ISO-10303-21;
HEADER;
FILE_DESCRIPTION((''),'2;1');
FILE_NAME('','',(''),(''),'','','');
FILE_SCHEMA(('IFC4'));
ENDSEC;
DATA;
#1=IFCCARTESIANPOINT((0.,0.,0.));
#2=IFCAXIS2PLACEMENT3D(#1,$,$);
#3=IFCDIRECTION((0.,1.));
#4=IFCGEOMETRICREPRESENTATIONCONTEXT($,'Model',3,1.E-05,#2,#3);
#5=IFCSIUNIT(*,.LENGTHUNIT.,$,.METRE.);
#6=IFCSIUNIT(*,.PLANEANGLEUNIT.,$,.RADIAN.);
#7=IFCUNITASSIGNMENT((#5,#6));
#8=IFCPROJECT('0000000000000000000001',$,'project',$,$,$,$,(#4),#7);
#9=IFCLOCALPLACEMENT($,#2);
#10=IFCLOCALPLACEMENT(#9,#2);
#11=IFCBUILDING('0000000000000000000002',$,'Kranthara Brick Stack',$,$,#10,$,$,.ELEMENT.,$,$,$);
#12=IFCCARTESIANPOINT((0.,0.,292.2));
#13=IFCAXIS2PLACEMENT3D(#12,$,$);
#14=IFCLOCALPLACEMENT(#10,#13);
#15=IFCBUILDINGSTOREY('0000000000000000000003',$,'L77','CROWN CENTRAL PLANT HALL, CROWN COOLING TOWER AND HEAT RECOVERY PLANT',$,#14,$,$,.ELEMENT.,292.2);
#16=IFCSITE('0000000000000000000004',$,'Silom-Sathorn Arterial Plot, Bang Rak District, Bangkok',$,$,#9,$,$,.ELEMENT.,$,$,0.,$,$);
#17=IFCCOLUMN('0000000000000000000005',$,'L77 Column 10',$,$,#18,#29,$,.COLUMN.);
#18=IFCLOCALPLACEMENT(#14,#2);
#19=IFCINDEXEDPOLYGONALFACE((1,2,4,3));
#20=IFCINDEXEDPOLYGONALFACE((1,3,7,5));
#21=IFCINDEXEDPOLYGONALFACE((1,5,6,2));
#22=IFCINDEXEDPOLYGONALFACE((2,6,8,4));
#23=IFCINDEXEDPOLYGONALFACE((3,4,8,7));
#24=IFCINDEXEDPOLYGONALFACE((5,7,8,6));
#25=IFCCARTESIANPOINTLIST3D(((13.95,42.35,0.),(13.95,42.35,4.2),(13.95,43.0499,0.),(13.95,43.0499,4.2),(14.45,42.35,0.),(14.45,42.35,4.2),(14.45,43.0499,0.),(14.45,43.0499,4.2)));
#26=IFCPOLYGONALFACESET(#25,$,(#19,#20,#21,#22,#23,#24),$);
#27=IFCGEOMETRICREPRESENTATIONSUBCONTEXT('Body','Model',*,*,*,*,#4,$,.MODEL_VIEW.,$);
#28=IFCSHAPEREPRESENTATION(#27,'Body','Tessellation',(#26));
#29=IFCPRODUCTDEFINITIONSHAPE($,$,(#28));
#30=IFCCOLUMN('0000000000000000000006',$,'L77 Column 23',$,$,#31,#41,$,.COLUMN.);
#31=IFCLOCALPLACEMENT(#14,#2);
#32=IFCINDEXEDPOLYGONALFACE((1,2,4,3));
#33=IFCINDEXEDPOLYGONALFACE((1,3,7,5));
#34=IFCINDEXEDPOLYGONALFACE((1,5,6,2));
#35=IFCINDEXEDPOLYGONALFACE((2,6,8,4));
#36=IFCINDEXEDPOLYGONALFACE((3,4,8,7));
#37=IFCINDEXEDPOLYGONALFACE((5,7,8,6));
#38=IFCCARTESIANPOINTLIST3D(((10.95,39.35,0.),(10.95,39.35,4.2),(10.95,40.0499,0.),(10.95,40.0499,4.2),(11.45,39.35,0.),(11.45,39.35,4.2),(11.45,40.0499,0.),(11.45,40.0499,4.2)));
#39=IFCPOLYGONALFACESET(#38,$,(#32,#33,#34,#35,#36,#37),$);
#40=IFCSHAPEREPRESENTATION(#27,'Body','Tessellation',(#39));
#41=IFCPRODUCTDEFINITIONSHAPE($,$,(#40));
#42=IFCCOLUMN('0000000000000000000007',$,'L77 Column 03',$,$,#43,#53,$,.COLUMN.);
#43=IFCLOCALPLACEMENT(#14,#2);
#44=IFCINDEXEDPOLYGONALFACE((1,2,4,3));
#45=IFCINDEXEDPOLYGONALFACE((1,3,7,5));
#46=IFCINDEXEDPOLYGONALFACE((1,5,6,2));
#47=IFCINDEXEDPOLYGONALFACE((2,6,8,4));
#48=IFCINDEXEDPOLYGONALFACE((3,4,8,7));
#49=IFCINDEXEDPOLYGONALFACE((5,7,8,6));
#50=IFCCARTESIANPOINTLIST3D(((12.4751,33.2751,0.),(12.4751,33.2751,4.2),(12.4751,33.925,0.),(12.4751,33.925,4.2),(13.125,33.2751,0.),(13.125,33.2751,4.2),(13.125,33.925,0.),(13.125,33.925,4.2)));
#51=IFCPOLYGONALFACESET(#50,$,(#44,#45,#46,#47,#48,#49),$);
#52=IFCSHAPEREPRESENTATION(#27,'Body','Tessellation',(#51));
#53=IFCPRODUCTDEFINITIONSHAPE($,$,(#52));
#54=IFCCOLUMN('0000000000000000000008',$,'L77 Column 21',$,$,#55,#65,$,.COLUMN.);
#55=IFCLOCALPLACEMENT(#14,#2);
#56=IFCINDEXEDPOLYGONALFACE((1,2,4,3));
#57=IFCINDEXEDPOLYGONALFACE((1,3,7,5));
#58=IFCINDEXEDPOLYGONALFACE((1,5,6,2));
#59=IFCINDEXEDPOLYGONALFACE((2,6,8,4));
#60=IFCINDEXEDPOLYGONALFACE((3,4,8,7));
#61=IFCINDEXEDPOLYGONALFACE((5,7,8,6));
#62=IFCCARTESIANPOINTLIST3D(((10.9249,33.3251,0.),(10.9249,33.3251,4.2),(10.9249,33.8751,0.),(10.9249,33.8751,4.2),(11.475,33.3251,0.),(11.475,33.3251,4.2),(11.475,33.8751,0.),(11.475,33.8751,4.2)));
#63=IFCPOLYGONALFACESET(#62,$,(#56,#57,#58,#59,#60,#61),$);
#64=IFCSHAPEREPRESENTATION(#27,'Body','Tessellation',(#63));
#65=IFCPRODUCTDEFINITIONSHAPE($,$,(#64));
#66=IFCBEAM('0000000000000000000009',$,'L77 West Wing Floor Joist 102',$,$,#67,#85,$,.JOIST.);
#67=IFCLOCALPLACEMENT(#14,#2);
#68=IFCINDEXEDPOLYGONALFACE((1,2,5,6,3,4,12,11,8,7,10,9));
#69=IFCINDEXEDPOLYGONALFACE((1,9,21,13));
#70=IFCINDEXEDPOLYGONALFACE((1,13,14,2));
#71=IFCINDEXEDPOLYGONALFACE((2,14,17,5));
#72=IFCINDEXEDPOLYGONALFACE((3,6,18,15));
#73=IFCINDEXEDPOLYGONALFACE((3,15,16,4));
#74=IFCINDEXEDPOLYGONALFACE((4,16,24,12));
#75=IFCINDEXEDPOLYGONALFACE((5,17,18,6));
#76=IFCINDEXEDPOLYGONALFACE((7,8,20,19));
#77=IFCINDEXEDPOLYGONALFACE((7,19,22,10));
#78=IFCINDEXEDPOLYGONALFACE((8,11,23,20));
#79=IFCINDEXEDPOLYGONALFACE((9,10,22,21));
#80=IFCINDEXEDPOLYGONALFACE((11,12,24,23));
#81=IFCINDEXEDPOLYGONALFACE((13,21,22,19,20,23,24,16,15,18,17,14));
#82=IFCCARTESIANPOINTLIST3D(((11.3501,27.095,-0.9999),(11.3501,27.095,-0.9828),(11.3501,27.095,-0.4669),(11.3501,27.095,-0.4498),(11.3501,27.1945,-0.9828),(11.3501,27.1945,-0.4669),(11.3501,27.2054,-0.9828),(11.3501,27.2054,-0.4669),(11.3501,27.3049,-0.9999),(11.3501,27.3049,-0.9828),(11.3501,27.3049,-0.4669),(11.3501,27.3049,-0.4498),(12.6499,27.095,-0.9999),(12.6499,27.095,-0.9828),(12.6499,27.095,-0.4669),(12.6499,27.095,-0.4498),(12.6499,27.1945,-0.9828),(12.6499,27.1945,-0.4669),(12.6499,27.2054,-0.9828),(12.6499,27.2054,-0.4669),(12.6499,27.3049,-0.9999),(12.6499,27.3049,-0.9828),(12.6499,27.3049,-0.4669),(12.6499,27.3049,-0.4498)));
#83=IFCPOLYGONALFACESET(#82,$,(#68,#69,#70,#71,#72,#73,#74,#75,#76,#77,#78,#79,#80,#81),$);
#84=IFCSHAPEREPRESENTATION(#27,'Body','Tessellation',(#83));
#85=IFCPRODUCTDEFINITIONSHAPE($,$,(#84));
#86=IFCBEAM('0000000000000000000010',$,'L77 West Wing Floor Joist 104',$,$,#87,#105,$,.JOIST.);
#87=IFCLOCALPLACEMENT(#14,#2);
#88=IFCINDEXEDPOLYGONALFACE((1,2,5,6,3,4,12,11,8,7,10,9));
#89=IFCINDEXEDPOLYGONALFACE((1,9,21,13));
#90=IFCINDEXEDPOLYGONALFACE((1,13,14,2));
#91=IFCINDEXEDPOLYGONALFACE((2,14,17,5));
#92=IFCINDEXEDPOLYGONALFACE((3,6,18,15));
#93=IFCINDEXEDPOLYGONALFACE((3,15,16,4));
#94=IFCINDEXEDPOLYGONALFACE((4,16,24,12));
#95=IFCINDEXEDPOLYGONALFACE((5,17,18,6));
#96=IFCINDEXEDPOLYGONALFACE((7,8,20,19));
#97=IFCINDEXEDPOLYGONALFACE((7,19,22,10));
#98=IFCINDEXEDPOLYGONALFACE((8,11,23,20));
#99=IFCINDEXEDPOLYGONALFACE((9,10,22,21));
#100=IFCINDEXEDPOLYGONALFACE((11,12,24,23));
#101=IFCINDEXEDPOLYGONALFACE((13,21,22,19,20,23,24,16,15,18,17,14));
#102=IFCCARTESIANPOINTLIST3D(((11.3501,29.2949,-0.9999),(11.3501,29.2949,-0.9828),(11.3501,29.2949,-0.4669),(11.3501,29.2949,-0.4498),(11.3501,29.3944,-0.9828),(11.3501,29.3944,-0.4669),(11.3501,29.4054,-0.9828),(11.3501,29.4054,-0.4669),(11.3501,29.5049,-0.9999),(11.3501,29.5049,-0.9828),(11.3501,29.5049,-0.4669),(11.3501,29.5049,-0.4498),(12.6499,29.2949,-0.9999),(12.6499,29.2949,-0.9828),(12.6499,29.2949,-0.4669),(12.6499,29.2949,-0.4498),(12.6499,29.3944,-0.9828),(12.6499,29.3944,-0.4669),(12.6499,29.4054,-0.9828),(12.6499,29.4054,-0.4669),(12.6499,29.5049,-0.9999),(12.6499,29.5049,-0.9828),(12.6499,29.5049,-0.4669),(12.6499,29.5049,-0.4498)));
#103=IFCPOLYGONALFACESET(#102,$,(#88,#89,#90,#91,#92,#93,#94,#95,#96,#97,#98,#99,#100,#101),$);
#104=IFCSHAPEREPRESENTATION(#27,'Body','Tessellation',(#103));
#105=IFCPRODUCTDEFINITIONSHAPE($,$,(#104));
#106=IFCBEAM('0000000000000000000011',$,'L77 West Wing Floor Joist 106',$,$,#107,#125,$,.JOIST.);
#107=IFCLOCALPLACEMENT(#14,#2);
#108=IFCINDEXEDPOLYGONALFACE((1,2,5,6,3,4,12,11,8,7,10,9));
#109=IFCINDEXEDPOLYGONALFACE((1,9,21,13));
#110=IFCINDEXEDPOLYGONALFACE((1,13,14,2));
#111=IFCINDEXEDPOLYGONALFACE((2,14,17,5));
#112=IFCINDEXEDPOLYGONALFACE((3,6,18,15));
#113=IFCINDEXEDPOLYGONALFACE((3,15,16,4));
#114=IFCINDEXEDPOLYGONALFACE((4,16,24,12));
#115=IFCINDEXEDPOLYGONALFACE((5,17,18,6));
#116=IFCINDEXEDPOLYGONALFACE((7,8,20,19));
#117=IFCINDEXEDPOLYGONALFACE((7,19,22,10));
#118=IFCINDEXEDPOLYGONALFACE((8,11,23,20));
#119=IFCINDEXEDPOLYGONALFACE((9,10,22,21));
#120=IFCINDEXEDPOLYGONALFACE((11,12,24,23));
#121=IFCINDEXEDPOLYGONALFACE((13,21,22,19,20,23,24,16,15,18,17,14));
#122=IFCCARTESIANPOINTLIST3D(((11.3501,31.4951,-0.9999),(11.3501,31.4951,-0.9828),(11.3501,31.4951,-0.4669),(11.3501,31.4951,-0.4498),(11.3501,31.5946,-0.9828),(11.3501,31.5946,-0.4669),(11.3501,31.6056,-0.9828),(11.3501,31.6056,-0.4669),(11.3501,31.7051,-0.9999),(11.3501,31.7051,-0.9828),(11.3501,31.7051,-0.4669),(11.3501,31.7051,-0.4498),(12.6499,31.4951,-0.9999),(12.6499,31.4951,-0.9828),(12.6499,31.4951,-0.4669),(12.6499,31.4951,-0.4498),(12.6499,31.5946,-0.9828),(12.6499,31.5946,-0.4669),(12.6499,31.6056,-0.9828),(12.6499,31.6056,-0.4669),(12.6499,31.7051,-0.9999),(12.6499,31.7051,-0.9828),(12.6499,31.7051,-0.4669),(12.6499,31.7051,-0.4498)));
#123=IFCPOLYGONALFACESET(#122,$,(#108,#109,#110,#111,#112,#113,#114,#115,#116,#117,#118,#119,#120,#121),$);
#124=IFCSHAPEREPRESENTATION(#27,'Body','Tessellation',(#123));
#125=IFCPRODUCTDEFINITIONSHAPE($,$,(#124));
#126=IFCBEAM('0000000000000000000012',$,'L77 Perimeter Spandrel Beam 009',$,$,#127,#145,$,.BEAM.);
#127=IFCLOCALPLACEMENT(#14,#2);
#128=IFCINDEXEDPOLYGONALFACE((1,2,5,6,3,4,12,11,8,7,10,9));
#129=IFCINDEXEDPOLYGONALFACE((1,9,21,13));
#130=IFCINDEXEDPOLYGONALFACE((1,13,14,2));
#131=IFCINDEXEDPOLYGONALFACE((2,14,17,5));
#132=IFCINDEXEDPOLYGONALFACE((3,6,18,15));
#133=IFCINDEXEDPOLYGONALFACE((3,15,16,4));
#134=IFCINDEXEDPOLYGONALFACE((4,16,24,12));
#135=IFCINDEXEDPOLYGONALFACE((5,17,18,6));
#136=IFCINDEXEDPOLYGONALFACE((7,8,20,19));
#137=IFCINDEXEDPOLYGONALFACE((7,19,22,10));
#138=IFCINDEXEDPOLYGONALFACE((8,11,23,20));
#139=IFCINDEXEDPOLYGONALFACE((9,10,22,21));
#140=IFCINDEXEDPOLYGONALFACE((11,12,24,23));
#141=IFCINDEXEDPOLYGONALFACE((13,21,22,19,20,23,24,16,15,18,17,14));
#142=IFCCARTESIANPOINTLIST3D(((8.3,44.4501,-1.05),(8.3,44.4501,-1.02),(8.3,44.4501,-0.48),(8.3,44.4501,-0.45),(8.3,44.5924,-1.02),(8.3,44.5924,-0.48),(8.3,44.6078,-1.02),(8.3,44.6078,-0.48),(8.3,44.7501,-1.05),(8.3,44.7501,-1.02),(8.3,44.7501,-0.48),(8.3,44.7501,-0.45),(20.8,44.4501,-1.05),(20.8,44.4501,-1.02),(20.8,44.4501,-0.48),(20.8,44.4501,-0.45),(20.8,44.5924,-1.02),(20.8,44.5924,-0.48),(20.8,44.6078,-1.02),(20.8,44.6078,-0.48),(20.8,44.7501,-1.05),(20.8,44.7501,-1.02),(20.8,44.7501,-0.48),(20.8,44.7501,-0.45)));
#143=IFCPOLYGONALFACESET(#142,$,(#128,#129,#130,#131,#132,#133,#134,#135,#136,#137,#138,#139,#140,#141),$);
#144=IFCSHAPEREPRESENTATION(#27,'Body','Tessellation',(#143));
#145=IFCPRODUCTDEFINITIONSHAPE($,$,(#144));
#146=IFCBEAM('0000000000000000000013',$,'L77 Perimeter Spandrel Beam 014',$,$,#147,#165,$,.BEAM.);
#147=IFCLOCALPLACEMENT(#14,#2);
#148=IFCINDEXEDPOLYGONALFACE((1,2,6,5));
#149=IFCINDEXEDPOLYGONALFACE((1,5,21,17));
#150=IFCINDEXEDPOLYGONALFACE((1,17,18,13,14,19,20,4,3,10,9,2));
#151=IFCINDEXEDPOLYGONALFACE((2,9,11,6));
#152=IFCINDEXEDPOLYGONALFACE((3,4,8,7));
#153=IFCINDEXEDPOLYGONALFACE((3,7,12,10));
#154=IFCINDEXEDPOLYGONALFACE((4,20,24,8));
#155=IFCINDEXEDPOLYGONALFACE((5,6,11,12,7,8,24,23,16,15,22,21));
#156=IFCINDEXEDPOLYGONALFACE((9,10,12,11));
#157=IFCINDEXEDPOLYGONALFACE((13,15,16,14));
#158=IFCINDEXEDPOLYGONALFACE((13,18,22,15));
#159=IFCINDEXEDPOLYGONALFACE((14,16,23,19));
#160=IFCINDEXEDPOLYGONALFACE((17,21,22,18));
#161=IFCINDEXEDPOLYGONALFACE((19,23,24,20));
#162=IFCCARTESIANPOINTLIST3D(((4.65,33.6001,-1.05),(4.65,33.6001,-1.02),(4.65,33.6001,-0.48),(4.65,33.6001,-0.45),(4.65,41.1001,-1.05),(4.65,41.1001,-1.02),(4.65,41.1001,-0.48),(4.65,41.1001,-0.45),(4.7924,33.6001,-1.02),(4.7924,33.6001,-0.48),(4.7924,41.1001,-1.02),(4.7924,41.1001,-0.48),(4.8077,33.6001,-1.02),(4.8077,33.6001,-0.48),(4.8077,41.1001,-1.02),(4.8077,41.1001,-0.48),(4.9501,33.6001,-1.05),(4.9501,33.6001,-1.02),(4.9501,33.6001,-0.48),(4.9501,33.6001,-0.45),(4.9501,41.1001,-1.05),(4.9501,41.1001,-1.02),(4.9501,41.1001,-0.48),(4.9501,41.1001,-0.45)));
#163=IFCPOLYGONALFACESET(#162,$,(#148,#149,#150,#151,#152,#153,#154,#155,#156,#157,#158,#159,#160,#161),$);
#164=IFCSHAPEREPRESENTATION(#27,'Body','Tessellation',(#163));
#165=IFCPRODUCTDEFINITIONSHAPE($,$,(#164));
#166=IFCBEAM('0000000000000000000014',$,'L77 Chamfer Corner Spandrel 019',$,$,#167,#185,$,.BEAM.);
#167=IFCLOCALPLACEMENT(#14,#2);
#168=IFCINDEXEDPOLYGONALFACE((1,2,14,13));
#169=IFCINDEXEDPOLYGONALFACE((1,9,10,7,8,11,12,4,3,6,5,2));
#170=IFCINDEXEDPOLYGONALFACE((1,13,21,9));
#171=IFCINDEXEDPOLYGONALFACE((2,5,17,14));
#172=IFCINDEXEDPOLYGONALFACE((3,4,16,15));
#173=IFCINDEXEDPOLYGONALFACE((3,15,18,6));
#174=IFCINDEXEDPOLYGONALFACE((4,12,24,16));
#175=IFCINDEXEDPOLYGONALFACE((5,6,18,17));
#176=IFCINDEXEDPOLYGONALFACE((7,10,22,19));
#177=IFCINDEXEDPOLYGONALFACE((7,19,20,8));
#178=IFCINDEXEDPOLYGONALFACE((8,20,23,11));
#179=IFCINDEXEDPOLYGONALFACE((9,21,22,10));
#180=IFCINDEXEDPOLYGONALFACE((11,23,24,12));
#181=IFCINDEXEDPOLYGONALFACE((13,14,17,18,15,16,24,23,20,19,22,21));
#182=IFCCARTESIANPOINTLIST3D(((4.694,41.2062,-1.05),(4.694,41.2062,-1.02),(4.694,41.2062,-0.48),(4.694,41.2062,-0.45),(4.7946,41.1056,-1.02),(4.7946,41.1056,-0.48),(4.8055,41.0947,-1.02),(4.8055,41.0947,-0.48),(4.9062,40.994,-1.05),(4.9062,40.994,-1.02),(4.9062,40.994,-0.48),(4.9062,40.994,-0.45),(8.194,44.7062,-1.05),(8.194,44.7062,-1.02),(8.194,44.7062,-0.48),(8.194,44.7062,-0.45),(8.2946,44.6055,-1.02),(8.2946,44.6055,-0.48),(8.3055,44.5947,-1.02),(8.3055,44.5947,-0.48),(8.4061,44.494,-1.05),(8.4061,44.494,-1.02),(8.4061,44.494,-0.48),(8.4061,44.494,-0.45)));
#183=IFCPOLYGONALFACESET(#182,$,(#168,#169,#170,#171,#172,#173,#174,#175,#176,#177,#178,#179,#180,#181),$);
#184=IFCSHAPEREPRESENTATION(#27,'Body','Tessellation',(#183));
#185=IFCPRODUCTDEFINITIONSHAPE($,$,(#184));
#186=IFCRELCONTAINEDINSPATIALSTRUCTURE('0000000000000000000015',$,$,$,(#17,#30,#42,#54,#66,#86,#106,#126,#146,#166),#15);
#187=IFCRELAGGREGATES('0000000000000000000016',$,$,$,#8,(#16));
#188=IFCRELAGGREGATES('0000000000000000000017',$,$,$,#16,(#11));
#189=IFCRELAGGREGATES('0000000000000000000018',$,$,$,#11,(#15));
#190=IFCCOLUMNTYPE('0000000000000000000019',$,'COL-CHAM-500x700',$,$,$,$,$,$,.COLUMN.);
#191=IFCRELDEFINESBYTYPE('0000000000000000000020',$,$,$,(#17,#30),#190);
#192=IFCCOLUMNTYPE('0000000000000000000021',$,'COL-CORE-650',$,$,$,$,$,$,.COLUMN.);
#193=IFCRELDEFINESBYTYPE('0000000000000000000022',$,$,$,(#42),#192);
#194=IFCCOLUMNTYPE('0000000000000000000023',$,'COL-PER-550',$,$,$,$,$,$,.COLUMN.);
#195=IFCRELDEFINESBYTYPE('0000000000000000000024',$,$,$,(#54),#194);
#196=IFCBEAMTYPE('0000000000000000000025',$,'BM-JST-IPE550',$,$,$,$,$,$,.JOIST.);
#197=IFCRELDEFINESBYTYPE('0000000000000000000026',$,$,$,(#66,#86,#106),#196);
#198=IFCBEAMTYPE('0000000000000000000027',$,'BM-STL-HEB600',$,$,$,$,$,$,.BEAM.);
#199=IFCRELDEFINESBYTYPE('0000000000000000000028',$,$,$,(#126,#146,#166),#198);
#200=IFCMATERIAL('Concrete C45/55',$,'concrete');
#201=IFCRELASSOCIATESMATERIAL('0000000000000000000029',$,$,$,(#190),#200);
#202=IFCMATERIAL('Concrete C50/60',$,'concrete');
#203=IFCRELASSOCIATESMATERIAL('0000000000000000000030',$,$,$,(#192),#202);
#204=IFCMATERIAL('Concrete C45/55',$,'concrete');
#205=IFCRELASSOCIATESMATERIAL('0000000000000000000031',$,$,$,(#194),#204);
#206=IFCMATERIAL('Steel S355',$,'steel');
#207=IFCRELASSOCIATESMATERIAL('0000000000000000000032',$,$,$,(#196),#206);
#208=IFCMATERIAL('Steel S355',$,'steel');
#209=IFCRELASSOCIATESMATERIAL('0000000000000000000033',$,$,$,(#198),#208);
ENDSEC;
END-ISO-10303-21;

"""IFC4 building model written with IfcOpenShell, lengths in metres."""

from ifc_helpers import new_model, si_unit, direction, frame, origin, origin_2d, place, context, subcontext, project, spatial, rectangle, i_section, extrude, material, material_profile, profile_set, type_object, element, save


model = new_model("IFC4")

# Units and contexts
model_context = context("Model", 3, precision=1e-05, world=origin(), true_north=direction((0.0, 1.0)))
body_context = subcontext(model_context, "Body", "Model", "MODEL_VIEW")
ifc_project = project(units=[si_unit("LENGTHUNIT", "METRE"), si_unit("PLANEANGLEUNIT", "RADIAN")], contexts=[model_context])

# Site, building, storey
site_placement = place(None, origin())
site = spatial("IfcSite", under=ifc_project, at=site_placement, Name="Silom-Sathorn Arterial Plot, Bang Rak District, Bangkok", CompositionType="ELEMENT", RefElevation=0.0)
building_placement = place(site_placement, origin())
building = spatial("IfcBuilding", under=site, at=building_placement, Name="Kranthara Brick Stack", CompositionType="ELEMENT")
storey_placement = place(building_placement, frame((0.0, 0.0, 292.2)))
storey = spatial("IfcBuildingStorey", under=building, at=storey_placement, Name="L77", Description="CROWN CENTRAL PLANT HALL, CROWN COOLING TOWER AND HEAT RECOVERY PLANT", CompositionType="ELEMENT", Elevation=292.2)

# Columns
ifc_material_1 = material(Name="Concrete C45/55", Category="concrete")
ifc_material_profile_1 = material_profile(ifc_material_1, rectangle(XDim=0.5, YDim=0.7, at=origin_2d()), Name="RC 500x700")
ifc_profile_set_1 = profile_set([ifc_material_profile_1], Name="Concrete C45/55")
column_type_1 = type_object("IfcColumnType", Name="COL-CHAM-500x700", PredefinedType="COLUMN", material=ifc_profile_set_1)
for number, where, z_axis, x_axis, name in (
    (1, (14.2, 42.7, 0.0), (0.0, 0.0, 1.0), (1.0, 0.0, 0.0), "L77 Column 10"),
    (2, (11.2, 39.7, 0.0), (0.0, 0.0, 1.0), (1.0, 0.0, 0.0), "L77 Column 23"),
):
    element("IfcColumn", number, at=place(storey_placement, frame(where, z_axis=z_axis, x_axis=x_axis)), inside=storey, type_object=column_type_1, Name=name, PredefinedType="COLUMN", context=body_context, shape_type="SweptSolid", body=[
        extrude(rectangle(XDim=0.5, YDim=0.7, at=origin_2d()), origin(), (0.0, 0.0, 1.0), 4.2),
    ])
ifc_material_2 = material(Name="Concrete C50/60", Category="concrete")
ifc_material_profile_2 = material_profile(ifc_material_2, rectangle(XDim=0.6499, YDim=0.6499, at=origin_2d()), Name="RC 650x650")
ifc_profile_set_2 = profile_set([ifc_material_profile_2], Name="Concrete C50/60")
column_type_2 = type_object("IfcColumnType", Name="COL-CORE-650", PredefinedType="COLUMN", material=ifc_profile_set_2)
column_1_placement = place(storey_placement, frame((12.8, 33.6001, 0.0), z_axis=(0.0, 0.0, 1.0), x_axis=(1.0, 0.0, 0.0)))
element("IfcColumn", 3, at=column_1_placement, inside=storey, type_object=column_type_2, Name="L77 Column 03", PredefinedType="COLUMN", context=body_context, shape_type="SweptSolid", body=[
    extrude(rectangle(XDim=0.6499, YDim=0.6499, at=origin_2d()), origin(), (0.0, 0.0, 1.0), 4.2),
])
ifc_material_3 = material(Name="Concrete C45/55", Category="concrete")
ifc_material_profile_3 = material_profile(ifc_material_3, rectangle(XDim=0.55, YDim=0.55, at=origin_2d()), Name="RC 550x550")
ifc_profile_set_3 = profile_set([ifc_material_profile_3], Name="Concrete C45/55")
column_type_3 = type_object("IfcColumnType", Name="COL-PER-550", PredefinedType="COLUMN", material=ifc_profile_set_3)
column_2_placement = place(storey_placement, frame((11.2, 33.6001, 0.0), z_axis=(0.0, 0.0, 1.0), x_axis=(1.0, 0.0, 0.0)))
element("IfcColumn", 4, at=column_2_placement, inside=storey, type_object=column_type_3, Name="L77 Column 21", PredefinedType="COLUMN", context=body_context, shape_type="SweptSolid", body=[
    extrude(rectangle(XDim=0.55, YDim=0.55, at=origin_2d()), origin(), (0.0, 0.0, 1.0), 4.2),
])

# Beams
ifc_material_4 = material(Name="Steel S355", Category="steel")
ifc_material_profile_4 = material_profile(ifc_material_4, i_section(OverallWidth=0.21, OverallDepth=0.55, WebThickness=0.011, FlangeThickness=0.0171, at=origin_2d()), Name="IPE 550")
ifc_profile_set_4 = profile_set([ifc_material_profile_4], Name="Steel S355")
beam_type_1 = type_object("IfcBeamType", Name="BM-JST-IPE550", PredefinedType="JOIST", material=ifc_profile_set_4)
for number, where, z_axis, x_axis, name in (
    (5, (11.3501, 27.2, -0.7249), (1.0, 0.0, 0.0), (0.0, 1.0, 0.0), "L77 West Wing Floor Joist 102"),
    (6, (11.3501, 29.3999, -0.7249), (1.0, 0.0, 0.0), (0.0, 1.0, 0.0), "L77 West Wing Floor Joist 104"),
    (7, (11.3501, 31.6001, -0.7249), (1.0, 0.0, 0.0), (0.0, 1.0, 0.0), "L77 West Wing Floor Joist 106"),
):
    element("IfcBeam", number, at=place(storey_placement, frame(where, z_axis=z_axis, x_axis=x_axis)), inside=storey, type_object=beam_type_1, Name=name, PredefinedType="JOIST", context=body_context, shape_type="SweptSolid", body=[
        extrude(i_section(OverallWidth=0.21, OverallDepth=0.55, WebThickness=0.011, FlangeThickness=0.0171, at=origin_2d()), origin(), (0.0, 0.0, 1.0), 1.2998),
    ])
ifc_material_5 = material(Name="Steel S355", Category="steel")
ifc_material_profile_5 = material_profile(ifc_material_5, i_section(OverallWidth=0.3, OverallDepth=0.6001, WebThickness=0.0154, FlangeThickness=0.03, at=origin_2d()), Name="HEB 600")
ifc_profile_set_5 = profile_set([ifc_material_profile_5], Name="Steel S355")
beam_type_2 = type_object("IfcBeamType", Name="BM-STL-HEB600", PredefinedType="BEAM", material=ifc_profile_set_5)
beam_1_placement = place(storey_placement, frame((8.3, 44.6001, -0.75), z_axis=(1.0, 0.0, 0.0), x_axis=(0.0, 1.0, 0.0)))
element("IfcBeam", 8, at=beam_1_placement, inside=storey, type_object=beam_type_2, Name="L77 Perimeter Spandrel Beam 009", PredefinedType="BEAM", context=body_context, shape_type="SweptSolid", body=[
    extrude(i_section(OverallWidth=0.3, OverallDepth=0.6001, WebThickness=0.0154, FlangeThickness=0.03, at=origin_2d()), origin(), (0.0, 0.0, 1.0), 12.5),
])
beam_2_placement = place(storey_placement, frame((4.8, 33.6001, -0.75), z_axis=(0.0, 1.0, 0.0), x_axis=(-1.0, 0.0, 0.0)))
element("IfcBeam", 9, at=beam_2_placement, inside=storey, type_object=beam_type_2, Name="L77 Perimeter Spandrel Beam 014", PredefinedType="BEAM", context=body_context, shape_type="SweptSolid", body=[
    extrude(i_section(OverallWidth=0.3, OverallDepth=0.6001, WebThickness=0.0154, FlangeThickness=0.03, at=origin_2d()), origin(), (0.0, 0.0, 1.0), 7.5),
])
beam_3_placement = place(storey_placement, frame((8.3, 44.6001, -0.75), z_axis=(-0.707107, -0.707107, 0.0), x_axis=(0.707107, -0.707107, 0.0)))
element("IfcBeam", 10, at=beam_3_placement, inside=storey, type_object=beam_type_2, Name="L77 Chamfer Corner Spandrel 019", PredefinedType="BEAM", context=body_context, shape_type="SweptSolid", body=[
    extrude(i_section(OverallWidth=0.3, OverallDepth=0.6001, WebThickness=0.0154, FlangeThickness=0.03, at=origin_2d()), origin(), (0.0, 0.0, 1.0), 4.9497),
])

save(model, "model.ifc")
